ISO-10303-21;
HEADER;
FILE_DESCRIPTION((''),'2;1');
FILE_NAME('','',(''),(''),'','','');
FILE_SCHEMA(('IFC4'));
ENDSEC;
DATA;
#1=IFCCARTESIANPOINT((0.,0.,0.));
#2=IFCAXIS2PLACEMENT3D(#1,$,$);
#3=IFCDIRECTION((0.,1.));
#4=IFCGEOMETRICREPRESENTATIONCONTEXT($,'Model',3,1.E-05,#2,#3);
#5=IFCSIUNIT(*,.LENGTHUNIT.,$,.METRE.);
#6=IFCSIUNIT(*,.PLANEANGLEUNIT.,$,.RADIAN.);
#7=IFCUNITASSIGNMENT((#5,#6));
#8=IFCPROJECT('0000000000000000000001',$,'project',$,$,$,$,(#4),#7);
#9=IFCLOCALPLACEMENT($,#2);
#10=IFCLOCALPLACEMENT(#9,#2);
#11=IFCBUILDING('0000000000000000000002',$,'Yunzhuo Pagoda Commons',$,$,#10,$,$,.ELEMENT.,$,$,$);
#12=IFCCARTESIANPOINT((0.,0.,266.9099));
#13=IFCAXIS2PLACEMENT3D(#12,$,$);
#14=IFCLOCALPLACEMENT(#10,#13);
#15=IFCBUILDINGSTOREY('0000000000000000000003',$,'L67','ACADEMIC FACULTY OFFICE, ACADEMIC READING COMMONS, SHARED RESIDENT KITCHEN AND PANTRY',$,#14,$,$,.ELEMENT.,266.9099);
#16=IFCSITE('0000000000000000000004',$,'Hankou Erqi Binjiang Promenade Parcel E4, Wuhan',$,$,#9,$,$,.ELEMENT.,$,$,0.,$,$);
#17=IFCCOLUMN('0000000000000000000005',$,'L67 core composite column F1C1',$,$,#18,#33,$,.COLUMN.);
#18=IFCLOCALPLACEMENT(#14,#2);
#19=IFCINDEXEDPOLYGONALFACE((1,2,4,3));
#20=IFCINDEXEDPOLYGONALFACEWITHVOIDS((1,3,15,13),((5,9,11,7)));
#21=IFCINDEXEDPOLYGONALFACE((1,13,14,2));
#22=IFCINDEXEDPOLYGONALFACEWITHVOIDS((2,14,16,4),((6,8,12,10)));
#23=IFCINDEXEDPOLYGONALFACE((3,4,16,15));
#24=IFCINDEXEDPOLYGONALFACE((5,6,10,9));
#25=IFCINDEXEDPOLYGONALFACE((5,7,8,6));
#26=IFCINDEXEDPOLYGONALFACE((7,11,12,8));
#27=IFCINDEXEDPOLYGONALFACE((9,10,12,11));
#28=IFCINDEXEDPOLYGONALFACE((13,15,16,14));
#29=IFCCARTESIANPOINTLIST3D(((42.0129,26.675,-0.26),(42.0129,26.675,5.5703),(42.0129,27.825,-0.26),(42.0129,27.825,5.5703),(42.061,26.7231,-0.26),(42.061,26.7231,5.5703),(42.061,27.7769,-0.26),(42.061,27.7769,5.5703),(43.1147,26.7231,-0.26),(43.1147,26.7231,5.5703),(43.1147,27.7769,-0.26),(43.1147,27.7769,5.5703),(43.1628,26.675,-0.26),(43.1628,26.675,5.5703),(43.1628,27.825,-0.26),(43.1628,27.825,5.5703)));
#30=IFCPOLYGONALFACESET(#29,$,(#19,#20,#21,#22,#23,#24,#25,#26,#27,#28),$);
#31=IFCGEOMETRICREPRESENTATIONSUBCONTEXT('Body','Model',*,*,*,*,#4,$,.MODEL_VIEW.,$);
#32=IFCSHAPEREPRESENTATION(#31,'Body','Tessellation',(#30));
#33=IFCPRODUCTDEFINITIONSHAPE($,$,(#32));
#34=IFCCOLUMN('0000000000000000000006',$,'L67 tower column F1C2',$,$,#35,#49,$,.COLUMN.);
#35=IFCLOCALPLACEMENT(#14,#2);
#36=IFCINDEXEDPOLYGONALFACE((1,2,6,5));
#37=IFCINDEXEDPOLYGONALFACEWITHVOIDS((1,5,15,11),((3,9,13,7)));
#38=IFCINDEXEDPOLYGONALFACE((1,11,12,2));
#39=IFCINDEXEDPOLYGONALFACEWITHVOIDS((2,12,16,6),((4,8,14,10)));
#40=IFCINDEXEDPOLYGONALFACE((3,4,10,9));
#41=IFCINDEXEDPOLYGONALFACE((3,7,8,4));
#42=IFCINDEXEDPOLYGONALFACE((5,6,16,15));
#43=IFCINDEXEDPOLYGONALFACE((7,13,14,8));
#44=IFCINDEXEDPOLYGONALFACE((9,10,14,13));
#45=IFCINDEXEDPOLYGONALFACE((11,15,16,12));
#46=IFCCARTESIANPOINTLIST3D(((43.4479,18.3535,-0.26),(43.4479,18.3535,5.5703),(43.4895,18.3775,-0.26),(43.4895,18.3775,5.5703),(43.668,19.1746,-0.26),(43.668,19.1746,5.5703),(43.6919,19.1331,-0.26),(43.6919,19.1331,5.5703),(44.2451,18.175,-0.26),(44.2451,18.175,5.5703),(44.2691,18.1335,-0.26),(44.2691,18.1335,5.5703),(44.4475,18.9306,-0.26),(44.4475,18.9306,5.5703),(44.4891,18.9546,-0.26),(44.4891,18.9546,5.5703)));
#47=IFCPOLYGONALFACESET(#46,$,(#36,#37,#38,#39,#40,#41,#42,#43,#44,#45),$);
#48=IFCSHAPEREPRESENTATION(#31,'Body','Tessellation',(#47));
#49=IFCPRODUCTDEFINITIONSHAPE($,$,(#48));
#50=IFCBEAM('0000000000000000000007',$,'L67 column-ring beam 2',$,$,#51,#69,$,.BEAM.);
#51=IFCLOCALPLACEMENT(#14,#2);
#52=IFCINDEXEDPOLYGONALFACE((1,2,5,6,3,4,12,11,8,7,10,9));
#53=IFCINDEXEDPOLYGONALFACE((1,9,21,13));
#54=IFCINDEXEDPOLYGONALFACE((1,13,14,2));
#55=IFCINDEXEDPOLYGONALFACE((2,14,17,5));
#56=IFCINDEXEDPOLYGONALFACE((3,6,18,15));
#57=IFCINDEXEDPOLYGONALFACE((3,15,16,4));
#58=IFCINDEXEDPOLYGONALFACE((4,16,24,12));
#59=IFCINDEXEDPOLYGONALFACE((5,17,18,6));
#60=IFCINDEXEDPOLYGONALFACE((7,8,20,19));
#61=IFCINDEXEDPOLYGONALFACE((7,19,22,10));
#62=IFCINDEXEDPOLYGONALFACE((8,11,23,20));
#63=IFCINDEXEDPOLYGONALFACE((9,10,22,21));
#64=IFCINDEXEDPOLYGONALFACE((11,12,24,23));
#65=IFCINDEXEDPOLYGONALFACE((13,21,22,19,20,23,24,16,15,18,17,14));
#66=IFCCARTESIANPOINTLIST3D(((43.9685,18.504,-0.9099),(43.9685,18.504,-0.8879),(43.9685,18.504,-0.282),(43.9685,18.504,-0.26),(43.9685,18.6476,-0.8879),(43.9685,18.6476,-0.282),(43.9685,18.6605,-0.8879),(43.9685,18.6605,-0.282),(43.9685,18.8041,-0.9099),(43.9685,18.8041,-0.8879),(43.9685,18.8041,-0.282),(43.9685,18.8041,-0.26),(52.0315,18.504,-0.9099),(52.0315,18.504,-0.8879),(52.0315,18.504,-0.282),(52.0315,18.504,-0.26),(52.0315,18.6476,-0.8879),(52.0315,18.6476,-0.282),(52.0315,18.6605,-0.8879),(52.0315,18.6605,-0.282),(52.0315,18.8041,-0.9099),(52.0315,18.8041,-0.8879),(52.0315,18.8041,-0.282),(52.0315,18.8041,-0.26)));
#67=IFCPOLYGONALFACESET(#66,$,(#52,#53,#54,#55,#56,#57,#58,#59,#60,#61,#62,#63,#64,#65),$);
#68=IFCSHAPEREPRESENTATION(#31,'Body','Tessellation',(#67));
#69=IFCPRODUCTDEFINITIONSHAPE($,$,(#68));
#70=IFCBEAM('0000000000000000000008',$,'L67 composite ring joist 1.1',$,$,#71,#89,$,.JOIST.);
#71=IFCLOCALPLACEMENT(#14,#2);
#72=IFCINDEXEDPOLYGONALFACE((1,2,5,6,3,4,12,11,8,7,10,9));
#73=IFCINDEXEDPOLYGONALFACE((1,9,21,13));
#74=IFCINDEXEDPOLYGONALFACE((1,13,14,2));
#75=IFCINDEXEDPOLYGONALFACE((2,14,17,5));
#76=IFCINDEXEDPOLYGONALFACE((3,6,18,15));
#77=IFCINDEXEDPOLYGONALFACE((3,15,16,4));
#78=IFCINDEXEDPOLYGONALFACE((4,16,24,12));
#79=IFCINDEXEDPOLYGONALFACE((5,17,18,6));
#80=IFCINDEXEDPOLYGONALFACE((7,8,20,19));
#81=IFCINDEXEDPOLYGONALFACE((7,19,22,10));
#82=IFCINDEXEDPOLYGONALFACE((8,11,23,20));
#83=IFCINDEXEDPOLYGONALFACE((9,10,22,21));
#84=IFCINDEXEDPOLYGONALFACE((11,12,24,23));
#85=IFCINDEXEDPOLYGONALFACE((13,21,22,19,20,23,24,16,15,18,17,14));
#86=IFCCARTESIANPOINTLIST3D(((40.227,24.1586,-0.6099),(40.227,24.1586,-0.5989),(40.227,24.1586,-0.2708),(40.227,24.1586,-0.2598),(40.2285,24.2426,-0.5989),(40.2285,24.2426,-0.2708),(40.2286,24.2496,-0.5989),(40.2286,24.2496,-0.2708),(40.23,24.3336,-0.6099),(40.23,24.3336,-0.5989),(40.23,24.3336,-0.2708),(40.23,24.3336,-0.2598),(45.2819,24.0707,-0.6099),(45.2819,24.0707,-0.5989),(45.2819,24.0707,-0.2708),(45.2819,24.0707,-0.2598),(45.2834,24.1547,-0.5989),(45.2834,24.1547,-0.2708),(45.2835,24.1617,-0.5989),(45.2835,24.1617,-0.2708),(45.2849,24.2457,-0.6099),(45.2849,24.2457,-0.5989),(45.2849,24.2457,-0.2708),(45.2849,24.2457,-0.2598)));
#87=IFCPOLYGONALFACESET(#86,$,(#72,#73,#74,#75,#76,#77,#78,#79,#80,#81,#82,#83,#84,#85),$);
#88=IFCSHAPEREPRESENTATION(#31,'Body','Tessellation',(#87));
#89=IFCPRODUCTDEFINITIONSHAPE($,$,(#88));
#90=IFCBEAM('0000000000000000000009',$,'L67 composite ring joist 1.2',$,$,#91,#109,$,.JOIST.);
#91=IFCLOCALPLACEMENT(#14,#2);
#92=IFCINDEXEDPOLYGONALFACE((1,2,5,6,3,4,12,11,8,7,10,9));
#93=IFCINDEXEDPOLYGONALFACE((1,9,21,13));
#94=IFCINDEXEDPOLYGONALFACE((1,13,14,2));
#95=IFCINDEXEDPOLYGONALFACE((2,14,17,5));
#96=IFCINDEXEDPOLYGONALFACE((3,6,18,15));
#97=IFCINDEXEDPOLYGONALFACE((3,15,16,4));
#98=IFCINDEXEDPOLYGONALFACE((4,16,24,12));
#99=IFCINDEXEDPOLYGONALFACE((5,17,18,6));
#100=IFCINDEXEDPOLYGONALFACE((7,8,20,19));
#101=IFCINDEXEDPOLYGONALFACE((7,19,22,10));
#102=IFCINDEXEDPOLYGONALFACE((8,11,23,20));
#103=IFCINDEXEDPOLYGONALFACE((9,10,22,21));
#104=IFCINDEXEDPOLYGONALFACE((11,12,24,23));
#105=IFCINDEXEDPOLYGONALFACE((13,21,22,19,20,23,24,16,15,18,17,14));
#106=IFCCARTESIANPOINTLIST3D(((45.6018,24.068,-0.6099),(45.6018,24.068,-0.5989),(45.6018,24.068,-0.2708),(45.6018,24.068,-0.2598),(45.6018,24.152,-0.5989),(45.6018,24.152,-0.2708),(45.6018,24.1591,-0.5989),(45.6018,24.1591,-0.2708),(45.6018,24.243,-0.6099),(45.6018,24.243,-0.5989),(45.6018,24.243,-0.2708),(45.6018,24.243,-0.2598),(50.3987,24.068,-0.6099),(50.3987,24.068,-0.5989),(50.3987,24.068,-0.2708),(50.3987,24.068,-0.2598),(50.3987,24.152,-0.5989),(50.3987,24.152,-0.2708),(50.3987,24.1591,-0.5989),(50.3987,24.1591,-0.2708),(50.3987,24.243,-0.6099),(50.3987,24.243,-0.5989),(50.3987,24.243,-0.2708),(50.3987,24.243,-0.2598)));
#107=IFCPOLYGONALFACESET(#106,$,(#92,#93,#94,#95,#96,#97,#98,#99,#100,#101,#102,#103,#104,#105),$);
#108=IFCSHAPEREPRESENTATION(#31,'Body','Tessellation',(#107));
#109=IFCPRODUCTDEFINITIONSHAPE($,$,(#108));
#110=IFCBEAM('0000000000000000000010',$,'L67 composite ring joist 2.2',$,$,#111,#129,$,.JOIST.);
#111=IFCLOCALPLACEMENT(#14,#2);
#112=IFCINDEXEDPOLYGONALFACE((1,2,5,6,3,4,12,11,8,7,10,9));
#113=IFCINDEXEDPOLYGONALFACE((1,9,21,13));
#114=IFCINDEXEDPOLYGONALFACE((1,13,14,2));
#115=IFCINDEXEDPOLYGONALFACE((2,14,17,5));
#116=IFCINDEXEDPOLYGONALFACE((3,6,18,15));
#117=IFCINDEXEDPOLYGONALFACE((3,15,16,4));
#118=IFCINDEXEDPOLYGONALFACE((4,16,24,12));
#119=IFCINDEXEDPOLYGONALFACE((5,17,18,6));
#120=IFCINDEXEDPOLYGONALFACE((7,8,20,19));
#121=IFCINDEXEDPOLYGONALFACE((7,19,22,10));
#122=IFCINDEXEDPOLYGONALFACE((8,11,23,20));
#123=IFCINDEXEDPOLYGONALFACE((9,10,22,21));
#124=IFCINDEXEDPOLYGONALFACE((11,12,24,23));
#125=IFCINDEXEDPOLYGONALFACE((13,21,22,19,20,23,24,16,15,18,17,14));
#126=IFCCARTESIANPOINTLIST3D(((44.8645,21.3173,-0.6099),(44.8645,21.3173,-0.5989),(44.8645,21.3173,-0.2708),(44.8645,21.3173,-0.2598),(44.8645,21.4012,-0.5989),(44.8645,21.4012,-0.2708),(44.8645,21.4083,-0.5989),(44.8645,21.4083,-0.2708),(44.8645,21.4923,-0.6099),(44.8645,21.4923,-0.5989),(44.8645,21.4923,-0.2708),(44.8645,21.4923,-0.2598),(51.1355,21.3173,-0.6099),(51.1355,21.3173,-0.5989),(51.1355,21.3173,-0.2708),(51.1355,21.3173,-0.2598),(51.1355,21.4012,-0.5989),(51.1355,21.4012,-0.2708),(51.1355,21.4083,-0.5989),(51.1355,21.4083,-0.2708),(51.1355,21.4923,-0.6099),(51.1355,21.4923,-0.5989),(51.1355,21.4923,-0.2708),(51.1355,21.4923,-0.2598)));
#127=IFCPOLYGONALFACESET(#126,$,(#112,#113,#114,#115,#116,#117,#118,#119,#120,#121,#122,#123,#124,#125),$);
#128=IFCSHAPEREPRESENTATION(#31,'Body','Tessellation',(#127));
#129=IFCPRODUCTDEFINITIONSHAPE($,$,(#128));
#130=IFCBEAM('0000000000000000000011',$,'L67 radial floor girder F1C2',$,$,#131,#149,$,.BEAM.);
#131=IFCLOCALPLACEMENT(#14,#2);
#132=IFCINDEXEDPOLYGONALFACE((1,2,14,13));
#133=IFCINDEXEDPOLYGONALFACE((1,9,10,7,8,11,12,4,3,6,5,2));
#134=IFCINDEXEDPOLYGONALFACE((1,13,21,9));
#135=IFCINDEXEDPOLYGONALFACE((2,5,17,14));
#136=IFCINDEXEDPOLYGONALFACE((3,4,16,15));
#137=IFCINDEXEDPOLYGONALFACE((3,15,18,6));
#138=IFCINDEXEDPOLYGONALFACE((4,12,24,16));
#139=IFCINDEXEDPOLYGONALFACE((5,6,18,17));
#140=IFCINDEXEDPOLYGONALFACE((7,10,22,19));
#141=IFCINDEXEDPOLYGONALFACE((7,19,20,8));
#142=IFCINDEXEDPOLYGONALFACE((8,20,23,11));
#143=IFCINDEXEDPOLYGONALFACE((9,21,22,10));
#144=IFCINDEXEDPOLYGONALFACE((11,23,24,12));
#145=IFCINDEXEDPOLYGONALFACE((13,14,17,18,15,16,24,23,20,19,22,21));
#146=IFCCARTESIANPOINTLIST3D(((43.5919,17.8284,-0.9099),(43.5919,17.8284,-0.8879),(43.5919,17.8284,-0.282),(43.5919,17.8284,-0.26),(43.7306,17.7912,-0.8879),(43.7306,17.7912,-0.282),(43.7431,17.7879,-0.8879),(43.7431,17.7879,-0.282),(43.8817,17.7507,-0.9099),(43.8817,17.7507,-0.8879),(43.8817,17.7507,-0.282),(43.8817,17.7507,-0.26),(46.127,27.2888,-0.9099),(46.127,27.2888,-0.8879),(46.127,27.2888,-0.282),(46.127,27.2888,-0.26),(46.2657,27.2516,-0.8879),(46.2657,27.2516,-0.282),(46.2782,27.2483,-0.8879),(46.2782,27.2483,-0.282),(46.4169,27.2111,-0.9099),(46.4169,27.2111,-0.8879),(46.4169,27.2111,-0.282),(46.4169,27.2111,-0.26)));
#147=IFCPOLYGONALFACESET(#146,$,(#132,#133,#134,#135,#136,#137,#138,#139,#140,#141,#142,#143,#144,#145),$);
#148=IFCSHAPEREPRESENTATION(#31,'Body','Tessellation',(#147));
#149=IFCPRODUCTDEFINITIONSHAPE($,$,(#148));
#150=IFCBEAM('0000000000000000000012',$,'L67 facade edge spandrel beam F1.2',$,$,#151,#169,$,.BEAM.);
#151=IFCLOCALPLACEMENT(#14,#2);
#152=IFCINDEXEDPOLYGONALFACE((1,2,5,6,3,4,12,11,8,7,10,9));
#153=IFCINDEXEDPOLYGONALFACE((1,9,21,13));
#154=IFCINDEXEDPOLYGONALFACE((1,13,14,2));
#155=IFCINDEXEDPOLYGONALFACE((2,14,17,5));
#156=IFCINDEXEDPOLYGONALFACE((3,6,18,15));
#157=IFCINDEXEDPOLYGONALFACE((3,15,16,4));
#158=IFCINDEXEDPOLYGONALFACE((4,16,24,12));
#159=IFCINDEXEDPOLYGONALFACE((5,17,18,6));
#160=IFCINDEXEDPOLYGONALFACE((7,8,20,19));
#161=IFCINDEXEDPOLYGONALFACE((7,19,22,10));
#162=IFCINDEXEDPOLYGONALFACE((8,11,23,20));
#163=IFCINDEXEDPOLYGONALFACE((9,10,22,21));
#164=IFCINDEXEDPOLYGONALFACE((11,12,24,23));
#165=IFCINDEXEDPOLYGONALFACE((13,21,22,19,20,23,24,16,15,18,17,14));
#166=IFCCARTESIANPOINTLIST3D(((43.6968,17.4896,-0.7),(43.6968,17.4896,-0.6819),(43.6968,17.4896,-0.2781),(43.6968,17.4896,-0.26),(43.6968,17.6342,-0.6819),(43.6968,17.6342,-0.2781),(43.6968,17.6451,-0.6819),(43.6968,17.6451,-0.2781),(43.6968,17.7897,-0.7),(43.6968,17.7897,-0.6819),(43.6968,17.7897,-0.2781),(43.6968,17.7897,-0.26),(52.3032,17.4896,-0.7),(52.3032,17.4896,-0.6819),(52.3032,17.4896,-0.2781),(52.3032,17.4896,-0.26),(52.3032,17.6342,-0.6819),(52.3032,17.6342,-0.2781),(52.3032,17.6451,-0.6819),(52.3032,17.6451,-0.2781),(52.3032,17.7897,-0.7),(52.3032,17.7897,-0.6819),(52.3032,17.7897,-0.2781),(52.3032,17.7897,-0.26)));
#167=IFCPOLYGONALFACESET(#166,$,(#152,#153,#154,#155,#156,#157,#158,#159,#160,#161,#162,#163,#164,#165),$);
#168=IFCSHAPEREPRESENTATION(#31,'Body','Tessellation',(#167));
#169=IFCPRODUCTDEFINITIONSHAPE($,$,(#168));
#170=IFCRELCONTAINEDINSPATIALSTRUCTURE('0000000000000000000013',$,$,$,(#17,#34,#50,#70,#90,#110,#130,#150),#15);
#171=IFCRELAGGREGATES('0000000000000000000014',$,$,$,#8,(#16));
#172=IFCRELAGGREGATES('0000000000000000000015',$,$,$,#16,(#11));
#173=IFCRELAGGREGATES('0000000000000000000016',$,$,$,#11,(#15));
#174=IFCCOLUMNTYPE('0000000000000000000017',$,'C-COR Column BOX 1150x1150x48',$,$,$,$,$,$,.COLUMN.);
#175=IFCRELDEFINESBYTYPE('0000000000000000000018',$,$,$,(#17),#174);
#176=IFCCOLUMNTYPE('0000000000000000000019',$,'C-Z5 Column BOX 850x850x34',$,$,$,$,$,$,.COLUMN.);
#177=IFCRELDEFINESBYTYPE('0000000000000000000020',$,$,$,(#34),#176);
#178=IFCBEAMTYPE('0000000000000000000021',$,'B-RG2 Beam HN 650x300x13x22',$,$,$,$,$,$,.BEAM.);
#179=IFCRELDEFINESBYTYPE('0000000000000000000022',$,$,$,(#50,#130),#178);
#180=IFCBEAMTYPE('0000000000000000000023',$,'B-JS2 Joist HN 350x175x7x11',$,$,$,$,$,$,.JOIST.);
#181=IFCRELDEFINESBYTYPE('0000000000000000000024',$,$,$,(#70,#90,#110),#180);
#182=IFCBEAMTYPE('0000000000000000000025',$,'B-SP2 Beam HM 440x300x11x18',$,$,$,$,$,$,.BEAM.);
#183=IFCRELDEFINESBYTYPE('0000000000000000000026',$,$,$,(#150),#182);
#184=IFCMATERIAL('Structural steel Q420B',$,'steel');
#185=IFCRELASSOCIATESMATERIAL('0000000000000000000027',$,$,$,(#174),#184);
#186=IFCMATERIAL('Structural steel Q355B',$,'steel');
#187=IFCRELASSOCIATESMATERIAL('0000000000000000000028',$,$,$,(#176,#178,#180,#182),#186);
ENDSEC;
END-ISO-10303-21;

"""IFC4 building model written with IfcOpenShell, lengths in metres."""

from ifc_helpers import new_model, si_unit, direction, frame, origin, origin_2d, place, context, subcontext, project, spatial, hollow_rectangle, i_section, extrude, source, transform, mapped, material, material_profile, profile_set, type_object, element, save


model = new_model("IFC4")

# Units and contexts
model_context = context("Model", 3, precision=1e-05, world=origin(), true_north=direction((0.0, 1.0)))
body_context = subcontext(model_context, "Body", "Model", "MODEL_VIEW")
ifc_project = project(units=[si_unit("LENGTHUNIT", "METRE"), si_unit("PLANEANGLEUNIT", "RADIAN")], contexts=[model_context])

# Site, building, storey
site_placement = place(None, origin())
site = spatial("IfcSite", under=ifc_project, at=site_placement, Name="Hankou Erqi Binjiang Promenade Parcel E4, Wuhan", CompositionType="ELEMENT", RefElevation=0.0)
building_placement = place(site_placement, origin())
building = spatial("IfcBuilding", under=site, at=building_placement, Name="Yunzhuo Pagoda Commons", CompositionType="ELEMENT")
storey_placement = place(building_placement, frame((0.0, 0.0, 266.9099)))
storey = spatial("IfcBuildingStorey", under=building, at=storey_placement, Name="L67", Description="ACADEMIC FACULTY OFFICE, ACADEMIC READING COMMONS, SHARED RESIDENT KITCHEN AND PANTRY", CompositionType="ELEMENT", Elevation=266.9099)

# Columns
ifc_material_1 = material(Name="Structural steel Q420B", Category="steel")
ifc_material_profile_1 = material_profile(ifc_material_1, hollow_rectangle(XDim=1.1499, YDim=1.1499, WallThickness=0.0481, at=origin_2d()), Name="Structural steel Q420B")
ifc_profile_set_1 = profile_set([ifc_material_profile_1], Name="Structural steel Q420B")
column_type_1 = type_object("IfcColumnType", Name="C-COR Column BOX 1150x1150x48", PredefinedType="COLUMN", material=ifc_profile_set_1)
shared_shape_1 = source(origin(), body_context, "Body", "SweptSolid", [
    extrude(hollow_rectangle(XDim=1.1499, YDim=1.1499, WallThickness=0.0481, at=origin_2d()), origin(), (0.0, 0.0, 1.0), 5.8303),
])
column_1_placement = place(storey_placement, frame((42.5879, 27.25, -0.26), z_axis=(0.0, 0.0, 1.0), x_axis=(1.0, 0.0, 0.0)))
element("IfcColumn", 1, at=column_1_placement, inside=storey, type_object=column_type_1, Name="L67 core composite column F1C1", PredefinedType="COLUMN", context=body_context, shape_type="MappedRepresentation", body=[
    mapped(shared_shape_1, transform((0.0, 0.0, 0.0), scale=1.0)),
])
ifc_material_2 = material(Name="Structural steel Q355B", Category="steel")
ifc_material_profile_2 = material_profile(ifc_material_2, hollow_rectangle(XDim=0.8501, YDim=0.8501, WallThickness=0.0339, at=origin_2d()), Name="Structural steel Q355B")
ifc_profile_set_2 = profile_set([ifc_material_profile_2], Name="Structural steel Q355B")
column_type_2 = type_object("IfcColumnType", Name="C-Z5 Column BOX 850x850x34", PredefinedType="COLUMN", material=ifc_profile_set_2)
shared_shape_2 = source(origin(), body_context, "Body", "SweptSolid", [
    extrude(hollow_rectangle(XDim=0.8501, YDim=0.8501, WallThickness=0.0339, at=origin_2d()), origin(), (0.0, 0.0, 1.0), 5.8303),
])
column_2_placement = place(storey_placement, frame((43.9685, 18.6541, -0.26), z_axis=(0.0, 0.0, 1.0), x_axis=(0.965926, -0.258819, 0.0)))
element("IfcColumn", 2, at=column_2_placement, inside=storey, type_object=column_type_2, Name="L67 tower column F1C2", PredefinedType="COLUMN", context=body_context, shape_type="MappedRepresentation", body=[
    mapped(shared_shape_2, transform((0.0, 0.0, 0.0), scale=1.0)),
])

# Beams
ifc_material_profile_3 = material_profile(ifc_material_2, i_section(OverallWidth=0.3, OverallDepth=0.6499, WebThickness=0.0129, FlangeThickness=0.022, at=origin_2d()), Name="Structural steel Q355B")
ifc_profile_set_3 = profile_set([ifc_material_profile_3], Name="Structural steel Q355B")
beam_type_1 = type_object("IfcBeamType", Name="B-RG2 Beam HN 650x300x13x22", PredefinedType="BEAM", material=ifc_profile_set_3)
shared_shape_3 = source(origin(), body_context, "Body", "SweptSolid", [
    extrude(i_section(OverallWidth=0.3, OverallDepth=0.6499, WebThickness=0.0129, FlangeThickness=0.022, at=origin_2d()), origin(), (0.0, 0.0, 1.0), 8.063),
])
beam_1_placement = place(storey_placement, frame((43.9685, 18.6541, -0.585), z_axis=(1.0, 0.0, 0.0), x_axis=(0.0, 1.0, 0.0)))
element("IfcBeam", 3, at=beam_1_placement, inside=storey, type_object=beam_type_1, Name="L67 column-ring beam 2", PredefinedType="BEAM", context=body_context, shape_type="MappedRepresentation", body=[
    mapped(shared_shape_3, transform((0.0, 0.0, 0.0), scale=1.0)),
])
ifc_material_profile_4 = material_profile(ifc_material_2, i_section(OverallWidth=0.175, OverallDepth=0.3501, WebThickness=0.0071, FlangeThickness=0.011, at=origin_2d()), Name="Structural steel Q355B")
ifc_profile_set_4 = profile_set([ifc_material_profile_4], Name="Structural steel Q355B")
beam_type_2 = type_object("IfcBeamType", Name="B-JS2 Joist HN 350x175x7x11", PredefinedType="JOIST", material=ifc_profile_set_4)
shared_shape_4 = source(origin(), body_context, "Body", "SweptSolid", [
    extrude(i_section(OverallWidth=0.175, OverallDepth=0.3501, WebThickness=0.0071, FlangeThickness=0.011, at=origin_2d()), origin(), (0.0, 0.0, 1.0), 5.0557),
])
beam_2_placement = place(storey_placement, frame((40.2285, 24.2461, -0.4348), z_axis=(0.999849, -0.017384, 0.0), x_axis=(0.017384, 0.999849, 0.0)))
element("IfcBeam", 4, at=beam_2_placement, inside=storey, type_object=beam_type_2, Name="L67 composite ring joist 1.1", PredefinedType="JOIST", context=body_context, shape_type="MappedRepresentation", body=[
    mapped(shared_shape_4, transform((0.0, 0.0, 0.0), scale=1.0)),
])
shared_shape_5 = source(origin(), body_context, "Body", "SweptSolid", [
    extrude(i_section(OverallWidth=0.175, OverallDepth=0.3501, WebThickness=0.0071, FlangeThickness=0.011, at=origin_2d()), origin(), (0.0, 0.0, 1.0), 4.7969),
])
beam_3_placement = place(storey_placement, frame((45.6018, 24.1555, -0.4348), z_axis=(1.0, 0.0, 0.0), x_axis=(0.0, 1.0, 0.0)))
element("IfcBeam", 5, at=beam_3_placement, inside=storey, type_object=beam_type_2, Name="L67 composite ring joist 1.2", PredefinedType="JOIST", context=body_context, shape_type="MappedRepresentation", body=[
    mapped(shared_shape_5, transform((0.0, 0.0, 0.0), scale=1.0)),
])
shared_shape_6 = source(origin(), body_context, "Body", "SweptSolid", [
    extrude(i_section(OverallWidth=0.175, OverallDepth=0.3501, WebThickness=0.0071, FlangeThickness=0.011, at=origin_2d()), origin(), (0.0, 0.0, 1.0), 6.271),
])
beam_4_placement = place(storey_placement, frame((44.8645, 21.4048, -0.4348), z_axis=(1.0, 0.0, 0.0), x_axis=(0.0, 1.0, 0.0)))
element("IfcBeam", 6, at=beam_4_placement, inside=storey, type_object=beam_type_2, Name="L67 composite ring joist 2.2", PredefinedType="JOIST", context=body_context, shape_type="MappedRepresentation", body=[
    mapped(shared_shape_6, transform((0.0, 0.0, 0.0), scale=1.0)),
])
shared_shape_7 = source(origin(), body_context, "Body", "SweptSolid", [
    extrude(i_section(OverallWidth=0.3, OverallDepth=0.6499, WebThickness=0.0129, FlangeThickness=0.022, at=origin_2d()), origin(), (0.0, 0.0, 1.0), 9.7942),
])
beam_5_placement = place(storey_placement, frame((43.7368, 17.7896, -0.585), z_axis=(0.258842, 0.96592, 0.0), x_axis=(-0.96592, 0.258842, 0.0)))
element("IfcBeam", 7, at=beam_5_placement, inside=storey, type_object=beam_type_1, Name="L67 radial floor girder F1C2", PredefinedType="BEAM", context=body_context, shape_type="MappedRepresentation", body=[
    mapped(shared_shape_7, transform((0.0, 0.0, 0.0), scale=1.0)),
])
ifc_material_profile_5 = material_profile(ifc_material_2, i_section(OverallWidth=0.3, OverallDepth=0.4399, WebThickness=0.011, FlangeThickness=0.0181, at=origin_2d()), Name="Structural steel Q355B")
ifc_profile_set_5 = profile_set([ifc_material_profile_5], Name="Structural steel Q355B")
beam_type_3 = type_object("IfcBeamType", Name="B-SP2 Beam HM 440x300x11x18", PredefinedType="BEAM", material=ifc_profile_set_5)
shared_shape_8 = source(origin(), body_context, "Body", "SweptSolid", [
    extrude(i_section(OverallWidth=0.3, OverallDepth=0.4399, WebThickness=0.011, FlangeThickness=0.0181, at=origin_2d()), origin(), (0.0, 0.0, 1.0), 8.6064),
])
beam_6_placement = place(storey_placement, frame((43.6968, 17.6396, -0.48), z_axis=(1.0, 0.0, 0.0), x_axis=(0.0, 1.0, 0.0)))
element("IfcBeam", 8, at=beam_6_placement, inside=storey, type_object=beam_type_3, Name="L67 facade edge spandrel beam F1.2", PredefinedType="BEAM", context=body_context, shape_type="MappedRepresentation", body=[
    mapped(shared_shape_8, transform((0.0, 0.0, 0.0), scale=1.0)),
])

save(model, "model.ifc")
